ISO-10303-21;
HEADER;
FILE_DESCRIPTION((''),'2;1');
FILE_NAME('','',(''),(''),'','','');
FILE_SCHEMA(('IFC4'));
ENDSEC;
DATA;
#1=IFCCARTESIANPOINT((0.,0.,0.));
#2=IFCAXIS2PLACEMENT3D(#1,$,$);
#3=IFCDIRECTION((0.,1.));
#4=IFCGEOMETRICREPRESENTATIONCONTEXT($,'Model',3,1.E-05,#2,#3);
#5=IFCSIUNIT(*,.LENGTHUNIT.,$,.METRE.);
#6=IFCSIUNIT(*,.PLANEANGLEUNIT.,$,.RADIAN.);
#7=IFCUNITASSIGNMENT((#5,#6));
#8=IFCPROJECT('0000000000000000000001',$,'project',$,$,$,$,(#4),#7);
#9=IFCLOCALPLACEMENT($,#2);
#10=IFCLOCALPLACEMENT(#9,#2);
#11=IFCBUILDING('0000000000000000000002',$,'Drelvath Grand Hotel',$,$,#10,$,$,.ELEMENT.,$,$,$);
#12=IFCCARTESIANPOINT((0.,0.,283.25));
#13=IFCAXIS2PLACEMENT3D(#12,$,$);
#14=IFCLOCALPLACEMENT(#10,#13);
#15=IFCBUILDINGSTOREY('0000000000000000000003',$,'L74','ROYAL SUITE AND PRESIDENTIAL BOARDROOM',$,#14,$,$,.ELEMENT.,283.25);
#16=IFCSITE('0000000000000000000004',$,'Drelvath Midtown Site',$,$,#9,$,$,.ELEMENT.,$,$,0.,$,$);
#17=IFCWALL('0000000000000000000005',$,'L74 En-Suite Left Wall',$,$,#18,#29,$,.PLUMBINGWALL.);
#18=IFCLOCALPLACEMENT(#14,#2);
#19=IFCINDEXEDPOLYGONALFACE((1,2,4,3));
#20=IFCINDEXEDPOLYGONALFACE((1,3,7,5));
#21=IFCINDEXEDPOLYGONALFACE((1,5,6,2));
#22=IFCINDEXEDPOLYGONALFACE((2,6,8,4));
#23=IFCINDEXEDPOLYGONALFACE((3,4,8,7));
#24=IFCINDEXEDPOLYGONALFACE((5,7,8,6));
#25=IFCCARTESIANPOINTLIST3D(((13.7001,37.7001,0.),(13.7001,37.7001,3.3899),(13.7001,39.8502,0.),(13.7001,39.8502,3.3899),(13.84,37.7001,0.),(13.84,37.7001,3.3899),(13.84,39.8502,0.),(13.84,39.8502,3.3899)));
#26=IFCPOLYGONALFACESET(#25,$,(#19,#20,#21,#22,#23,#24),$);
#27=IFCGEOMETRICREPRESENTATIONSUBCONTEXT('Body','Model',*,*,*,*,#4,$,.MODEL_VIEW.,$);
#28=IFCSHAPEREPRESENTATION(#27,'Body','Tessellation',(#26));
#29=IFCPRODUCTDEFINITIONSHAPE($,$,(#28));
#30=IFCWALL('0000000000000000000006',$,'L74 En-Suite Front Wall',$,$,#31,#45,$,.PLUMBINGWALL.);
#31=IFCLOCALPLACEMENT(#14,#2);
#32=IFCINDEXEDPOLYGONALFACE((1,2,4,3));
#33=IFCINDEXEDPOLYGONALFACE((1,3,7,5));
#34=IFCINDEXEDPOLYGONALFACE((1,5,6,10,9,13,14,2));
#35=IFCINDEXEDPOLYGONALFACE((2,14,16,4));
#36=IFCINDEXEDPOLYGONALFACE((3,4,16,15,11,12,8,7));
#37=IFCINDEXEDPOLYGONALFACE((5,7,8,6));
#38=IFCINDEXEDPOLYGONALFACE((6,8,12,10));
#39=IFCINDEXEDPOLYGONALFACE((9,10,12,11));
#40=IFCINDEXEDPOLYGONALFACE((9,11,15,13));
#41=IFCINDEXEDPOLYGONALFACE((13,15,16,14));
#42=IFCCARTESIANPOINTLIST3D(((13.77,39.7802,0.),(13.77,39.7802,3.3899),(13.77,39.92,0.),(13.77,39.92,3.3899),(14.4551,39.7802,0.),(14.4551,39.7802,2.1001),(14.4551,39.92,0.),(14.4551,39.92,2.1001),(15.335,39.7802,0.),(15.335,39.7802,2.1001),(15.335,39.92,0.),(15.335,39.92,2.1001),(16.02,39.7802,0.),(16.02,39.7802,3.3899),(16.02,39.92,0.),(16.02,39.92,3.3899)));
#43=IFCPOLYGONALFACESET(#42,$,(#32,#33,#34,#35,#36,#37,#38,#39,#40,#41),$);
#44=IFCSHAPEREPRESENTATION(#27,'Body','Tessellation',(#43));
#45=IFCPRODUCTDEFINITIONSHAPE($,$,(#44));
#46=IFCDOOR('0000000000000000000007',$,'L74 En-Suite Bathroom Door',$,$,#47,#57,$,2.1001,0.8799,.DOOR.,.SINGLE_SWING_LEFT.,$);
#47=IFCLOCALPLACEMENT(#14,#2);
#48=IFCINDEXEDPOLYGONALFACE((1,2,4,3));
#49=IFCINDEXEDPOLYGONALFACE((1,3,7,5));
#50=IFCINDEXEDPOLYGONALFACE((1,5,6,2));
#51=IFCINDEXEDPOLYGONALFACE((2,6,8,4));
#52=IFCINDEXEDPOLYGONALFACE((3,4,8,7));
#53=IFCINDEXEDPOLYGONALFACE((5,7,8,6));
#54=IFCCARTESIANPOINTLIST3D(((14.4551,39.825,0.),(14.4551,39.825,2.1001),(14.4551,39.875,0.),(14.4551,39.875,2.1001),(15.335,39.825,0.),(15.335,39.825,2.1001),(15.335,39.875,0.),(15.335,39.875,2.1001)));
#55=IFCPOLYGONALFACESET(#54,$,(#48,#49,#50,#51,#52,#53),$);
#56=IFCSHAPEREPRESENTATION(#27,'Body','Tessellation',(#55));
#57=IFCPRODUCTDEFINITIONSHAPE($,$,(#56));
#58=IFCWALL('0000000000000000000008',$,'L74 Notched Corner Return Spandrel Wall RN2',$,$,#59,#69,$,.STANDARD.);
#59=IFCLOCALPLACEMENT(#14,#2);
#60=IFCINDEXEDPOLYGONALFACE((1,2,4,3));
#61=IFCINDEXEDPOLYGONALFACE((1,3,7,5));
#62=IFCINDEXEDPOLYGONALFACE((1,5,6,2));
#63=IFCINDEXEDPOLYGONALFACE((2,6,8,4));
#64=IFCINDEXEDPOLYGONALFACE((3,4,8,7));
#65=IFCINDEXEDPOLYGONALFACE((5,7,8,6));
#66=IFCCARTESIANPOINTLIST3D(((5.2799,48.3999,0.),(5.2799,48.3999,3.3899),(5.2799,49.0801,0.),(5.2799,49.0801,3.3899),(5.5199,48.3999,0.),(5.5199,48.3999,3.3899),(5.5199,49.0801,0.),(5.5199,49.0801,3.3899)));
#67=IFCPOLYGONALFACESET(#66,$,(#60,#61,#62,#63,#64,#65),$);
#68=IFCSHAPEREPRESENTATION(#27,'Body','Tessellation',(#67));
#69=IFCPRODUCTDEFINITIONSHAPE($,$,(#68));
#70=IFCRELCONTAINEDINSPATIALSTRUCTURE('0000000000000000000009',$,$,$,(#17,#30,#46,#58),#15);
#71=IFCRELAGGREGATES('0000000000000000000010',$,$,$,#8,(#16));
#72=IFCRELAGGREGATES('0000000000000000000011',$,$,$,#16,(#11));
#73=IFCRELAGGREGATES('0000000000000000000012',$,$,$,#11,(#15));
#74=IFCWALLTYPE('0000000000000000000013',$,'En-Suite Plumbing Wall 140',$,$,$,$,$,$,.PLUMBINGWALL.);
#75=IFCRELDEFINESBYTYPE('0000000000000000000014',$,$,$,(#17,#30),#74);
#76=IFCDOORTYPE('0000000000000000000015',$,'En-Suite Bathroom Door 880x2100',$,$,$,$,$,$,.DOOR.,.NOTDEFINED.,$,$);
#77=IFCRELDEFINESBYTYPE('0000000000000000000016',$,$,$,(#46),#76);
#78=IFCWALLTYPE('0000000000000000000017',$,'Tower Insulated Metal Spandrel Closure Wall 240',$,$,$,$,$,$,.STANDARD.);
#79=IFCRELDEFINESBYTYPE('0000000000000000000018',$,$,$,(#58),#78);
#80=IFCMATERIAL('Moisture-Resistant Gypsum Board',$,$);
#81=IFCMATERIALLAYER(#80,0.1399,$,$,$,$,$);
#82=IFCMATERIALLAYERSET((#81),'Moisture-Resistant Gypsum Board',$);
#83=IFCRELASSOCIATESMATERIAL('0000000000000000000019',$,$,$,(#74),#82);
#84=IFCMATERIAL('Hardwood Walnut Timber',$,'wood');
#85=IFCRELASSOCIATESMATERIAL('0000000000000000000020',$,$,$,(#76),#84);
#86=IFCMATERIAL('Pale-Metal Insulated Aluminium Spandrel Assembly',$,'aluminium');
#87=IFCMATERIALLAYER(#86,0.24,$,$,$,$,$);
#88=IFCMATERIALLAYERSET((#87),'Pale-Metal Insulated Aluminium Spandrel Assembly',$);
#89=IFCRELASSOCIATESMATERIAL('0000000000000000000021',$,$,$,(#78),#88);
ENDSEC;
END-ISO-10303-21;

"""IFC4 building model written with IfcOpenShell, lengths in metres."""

from ifc_helpers import new_model, si_unit, direction, frame, frame_2d, origin, place, context, subcontext, project, spatial, rectangle, extrude, material, layer, layer_set, type_object, element, fill, save


model = new_model("IFC4")

# Units and contexts
model_context = context("Model", 3, precision=1e-05, world=origin(), true_north=direction((0.0, 1.0)))
body_context = subcontext(model_context, "Body", "Model", "MODEL_VIEW")
ifc_project = project(units=[si_unit("LENGTHUNIT", "METRE"), si_unit("PLANEANGLEUNIT", "RADIAN")], contexts=[model_context])

# Site, building, storey
site_placement = place(None, origin())
site = spatial("IfcSite", under=ifc_project, at=site_placement, Name="Drelvath Midtown Site", CompositionType="ELEMENT", RefElevation=0.0)
building_placement = place(site_placement, origin())
building = spatial("IfcBuilding", under=site, at=building_placement, Name="Drelvath Grand Hotel", CompositionType="ELEMENT")
storey_placement = place(building_placement, frame((0.0, 0.0, 283.25)))
storey = spatial("IfcBuildingStorey", under=building, at=storey_placement, Name="L74", Description="ROYAL SUITE AND PRESIDENTIAL BOARDROOM", CompositionType="ELEMENT", Elevation=283.25)

# Wall
ifc_material_1 = material(Name="Moisture-Resistant Gypsum Board")
ifc_layer_1 = layer(ifc_material_1, 0.1399)
ifc_layer_set_1 = layer_set([ifc_layer_1], Name="Moisture-Resistant Gypsum Board")
wall_type_1 = type_object("IfcWallType", Name="En-Suite Plumbing Wall 140", PredefinedType="PLUMBINGWALL", material=ifc_layer_set_1)
wall_1_placement = place(storey_placement, frame((13.77, 37.7, 0.0), z_axis=(0.0, 0.0, 1.0), x_axis=(0.0, 1.0, 0.0)))
element("IfcWall", 1, at=wall_1_placement, inside=storey, type_object=wall_type_1, Name="L74 En-Suite Left Wall", PredefinedType="PLUMBINGWALL", context=body_context, shape_type="SweptSolid", body=[
    extrude(rectangle(XDim=2.1501, YDim=0.1399, at=frame_2d((1.0752, 0.0))), origin(), (0.0, 0.0, 1.0), 3.3899),
])

# Wall, opening, door
wall_2_placement = place(storey_placement, frame((13.77, 39.8501, 0.0), z_axis=(0.0, 0.0, 1.0), x_axis=(1.0, 0.0, 0.0)))
wall_2 = element("IfcWall", 2, at=wall_2_placement, inside=storey, type_object=wall_type_1, Name="L74 En-Suite Front Wall", PredefinedType="PLUMBINGWALL", context=body_context, shape_type="SweptSolid", body=[
    extrude(rectangle(XDim=2.25, YDim=0.1399, at=frame_2d((1.125, 0.0))), origin(), (0.0, 0.0, 1.0), 3.3899),
])
opening_placement = place(wall_2_placement, frame((0.6851, 0.0, 0.0)))
opening = element("IfcOpeningElement", 3, at=opening_placement, cuts=wall_2, PredefinedType="OPENING", context=body_context, shape_type="SweptSolid", body=[
    extrude(rectangle(XDim=0.8799, YDim=2.1001, at=frame_2d((0.4399, 1.05))), frame((0.0, 0.0798, 0.0), z_axis=(0.0, -1.0, 0.0), x_axis=(1.0, 0.0, 0.0)), (0.0, 0.0, 1.0), 0.1599),
])
ifc_material_2 = material(Name="Hardwood Walnut Timber", Category="wood")
door_type = type_object("IfcDoorType", Name="En-Suite Bathroom Door 880x2100", OperationType="NOTDEFINED", PredefinedType="DOOR", material=ifc_material_2)
door_placement = place(opening_placement, origin())
door = element("IfcDoor", 4, at=door_placement, inside=storey, type_object=door_type, Name="L74 En-Suite Bathroom Door", OperationType="SINGLE_SWING_LEFT", OverallHeight=2.1001, OverallWidth=0.8799, PredefinedType="DOOR", context=body_context, shape_type="SweptSolid", body=[
    extrude(rectangle(XDim=0.8799, YDim=2.1001, at=frame_2d((0.4399, 1.05))), frame((0.0, 0.0249, 0.0), z_axis=(0.0, -1.0, 0.0), x_axis=(1.0, 0.0, 0.0)), (0.0, 0.0, 1.0), 0.05),
])
fill(opening, door)

# Wall
ifc_material_3 = material(Name="Pale-Metal Insulated Aluminium Spandrel Assembly", Category="aluminium")
ifc_layer_2 = layer(ifc_material_3, 0.24)
ifc_layer_set_2 = layer_set([ifc_layer_2], Name="Pale-Metal Insulated Aluminium Spandrel Assembly")
wall_type_2 = type_object("IfcWallType", Name="Tower Insulated Metal Spandrel Closure Wall 240", PredefinedType="STANDARD", material=ifc_layer_set_2)
wall_3_placement = place(storey_placement, frame((5.3999, 48.3999, 0.0), z_axis=(0.0, 0.0, 1.0), x_axis=(0.0, 1.0, 0.0)))
element("IfcWall", 5, at=wall_3_placement, inside=storey, type_object=wall_type_2, Name="L74 Notched Corner Return Spandrel Wall RN2", PredefinedType="STANDARD", context=body_context, shape_type="SweptSolid", body=[
    extrude(rectangle(XDim=0.6802, YDim=0.24, at=frame_2d((0.3401, 0.0))), origin(), (0.0, 0.0, 1.0), 3.3899),
])

save(model, "model.ifc")
